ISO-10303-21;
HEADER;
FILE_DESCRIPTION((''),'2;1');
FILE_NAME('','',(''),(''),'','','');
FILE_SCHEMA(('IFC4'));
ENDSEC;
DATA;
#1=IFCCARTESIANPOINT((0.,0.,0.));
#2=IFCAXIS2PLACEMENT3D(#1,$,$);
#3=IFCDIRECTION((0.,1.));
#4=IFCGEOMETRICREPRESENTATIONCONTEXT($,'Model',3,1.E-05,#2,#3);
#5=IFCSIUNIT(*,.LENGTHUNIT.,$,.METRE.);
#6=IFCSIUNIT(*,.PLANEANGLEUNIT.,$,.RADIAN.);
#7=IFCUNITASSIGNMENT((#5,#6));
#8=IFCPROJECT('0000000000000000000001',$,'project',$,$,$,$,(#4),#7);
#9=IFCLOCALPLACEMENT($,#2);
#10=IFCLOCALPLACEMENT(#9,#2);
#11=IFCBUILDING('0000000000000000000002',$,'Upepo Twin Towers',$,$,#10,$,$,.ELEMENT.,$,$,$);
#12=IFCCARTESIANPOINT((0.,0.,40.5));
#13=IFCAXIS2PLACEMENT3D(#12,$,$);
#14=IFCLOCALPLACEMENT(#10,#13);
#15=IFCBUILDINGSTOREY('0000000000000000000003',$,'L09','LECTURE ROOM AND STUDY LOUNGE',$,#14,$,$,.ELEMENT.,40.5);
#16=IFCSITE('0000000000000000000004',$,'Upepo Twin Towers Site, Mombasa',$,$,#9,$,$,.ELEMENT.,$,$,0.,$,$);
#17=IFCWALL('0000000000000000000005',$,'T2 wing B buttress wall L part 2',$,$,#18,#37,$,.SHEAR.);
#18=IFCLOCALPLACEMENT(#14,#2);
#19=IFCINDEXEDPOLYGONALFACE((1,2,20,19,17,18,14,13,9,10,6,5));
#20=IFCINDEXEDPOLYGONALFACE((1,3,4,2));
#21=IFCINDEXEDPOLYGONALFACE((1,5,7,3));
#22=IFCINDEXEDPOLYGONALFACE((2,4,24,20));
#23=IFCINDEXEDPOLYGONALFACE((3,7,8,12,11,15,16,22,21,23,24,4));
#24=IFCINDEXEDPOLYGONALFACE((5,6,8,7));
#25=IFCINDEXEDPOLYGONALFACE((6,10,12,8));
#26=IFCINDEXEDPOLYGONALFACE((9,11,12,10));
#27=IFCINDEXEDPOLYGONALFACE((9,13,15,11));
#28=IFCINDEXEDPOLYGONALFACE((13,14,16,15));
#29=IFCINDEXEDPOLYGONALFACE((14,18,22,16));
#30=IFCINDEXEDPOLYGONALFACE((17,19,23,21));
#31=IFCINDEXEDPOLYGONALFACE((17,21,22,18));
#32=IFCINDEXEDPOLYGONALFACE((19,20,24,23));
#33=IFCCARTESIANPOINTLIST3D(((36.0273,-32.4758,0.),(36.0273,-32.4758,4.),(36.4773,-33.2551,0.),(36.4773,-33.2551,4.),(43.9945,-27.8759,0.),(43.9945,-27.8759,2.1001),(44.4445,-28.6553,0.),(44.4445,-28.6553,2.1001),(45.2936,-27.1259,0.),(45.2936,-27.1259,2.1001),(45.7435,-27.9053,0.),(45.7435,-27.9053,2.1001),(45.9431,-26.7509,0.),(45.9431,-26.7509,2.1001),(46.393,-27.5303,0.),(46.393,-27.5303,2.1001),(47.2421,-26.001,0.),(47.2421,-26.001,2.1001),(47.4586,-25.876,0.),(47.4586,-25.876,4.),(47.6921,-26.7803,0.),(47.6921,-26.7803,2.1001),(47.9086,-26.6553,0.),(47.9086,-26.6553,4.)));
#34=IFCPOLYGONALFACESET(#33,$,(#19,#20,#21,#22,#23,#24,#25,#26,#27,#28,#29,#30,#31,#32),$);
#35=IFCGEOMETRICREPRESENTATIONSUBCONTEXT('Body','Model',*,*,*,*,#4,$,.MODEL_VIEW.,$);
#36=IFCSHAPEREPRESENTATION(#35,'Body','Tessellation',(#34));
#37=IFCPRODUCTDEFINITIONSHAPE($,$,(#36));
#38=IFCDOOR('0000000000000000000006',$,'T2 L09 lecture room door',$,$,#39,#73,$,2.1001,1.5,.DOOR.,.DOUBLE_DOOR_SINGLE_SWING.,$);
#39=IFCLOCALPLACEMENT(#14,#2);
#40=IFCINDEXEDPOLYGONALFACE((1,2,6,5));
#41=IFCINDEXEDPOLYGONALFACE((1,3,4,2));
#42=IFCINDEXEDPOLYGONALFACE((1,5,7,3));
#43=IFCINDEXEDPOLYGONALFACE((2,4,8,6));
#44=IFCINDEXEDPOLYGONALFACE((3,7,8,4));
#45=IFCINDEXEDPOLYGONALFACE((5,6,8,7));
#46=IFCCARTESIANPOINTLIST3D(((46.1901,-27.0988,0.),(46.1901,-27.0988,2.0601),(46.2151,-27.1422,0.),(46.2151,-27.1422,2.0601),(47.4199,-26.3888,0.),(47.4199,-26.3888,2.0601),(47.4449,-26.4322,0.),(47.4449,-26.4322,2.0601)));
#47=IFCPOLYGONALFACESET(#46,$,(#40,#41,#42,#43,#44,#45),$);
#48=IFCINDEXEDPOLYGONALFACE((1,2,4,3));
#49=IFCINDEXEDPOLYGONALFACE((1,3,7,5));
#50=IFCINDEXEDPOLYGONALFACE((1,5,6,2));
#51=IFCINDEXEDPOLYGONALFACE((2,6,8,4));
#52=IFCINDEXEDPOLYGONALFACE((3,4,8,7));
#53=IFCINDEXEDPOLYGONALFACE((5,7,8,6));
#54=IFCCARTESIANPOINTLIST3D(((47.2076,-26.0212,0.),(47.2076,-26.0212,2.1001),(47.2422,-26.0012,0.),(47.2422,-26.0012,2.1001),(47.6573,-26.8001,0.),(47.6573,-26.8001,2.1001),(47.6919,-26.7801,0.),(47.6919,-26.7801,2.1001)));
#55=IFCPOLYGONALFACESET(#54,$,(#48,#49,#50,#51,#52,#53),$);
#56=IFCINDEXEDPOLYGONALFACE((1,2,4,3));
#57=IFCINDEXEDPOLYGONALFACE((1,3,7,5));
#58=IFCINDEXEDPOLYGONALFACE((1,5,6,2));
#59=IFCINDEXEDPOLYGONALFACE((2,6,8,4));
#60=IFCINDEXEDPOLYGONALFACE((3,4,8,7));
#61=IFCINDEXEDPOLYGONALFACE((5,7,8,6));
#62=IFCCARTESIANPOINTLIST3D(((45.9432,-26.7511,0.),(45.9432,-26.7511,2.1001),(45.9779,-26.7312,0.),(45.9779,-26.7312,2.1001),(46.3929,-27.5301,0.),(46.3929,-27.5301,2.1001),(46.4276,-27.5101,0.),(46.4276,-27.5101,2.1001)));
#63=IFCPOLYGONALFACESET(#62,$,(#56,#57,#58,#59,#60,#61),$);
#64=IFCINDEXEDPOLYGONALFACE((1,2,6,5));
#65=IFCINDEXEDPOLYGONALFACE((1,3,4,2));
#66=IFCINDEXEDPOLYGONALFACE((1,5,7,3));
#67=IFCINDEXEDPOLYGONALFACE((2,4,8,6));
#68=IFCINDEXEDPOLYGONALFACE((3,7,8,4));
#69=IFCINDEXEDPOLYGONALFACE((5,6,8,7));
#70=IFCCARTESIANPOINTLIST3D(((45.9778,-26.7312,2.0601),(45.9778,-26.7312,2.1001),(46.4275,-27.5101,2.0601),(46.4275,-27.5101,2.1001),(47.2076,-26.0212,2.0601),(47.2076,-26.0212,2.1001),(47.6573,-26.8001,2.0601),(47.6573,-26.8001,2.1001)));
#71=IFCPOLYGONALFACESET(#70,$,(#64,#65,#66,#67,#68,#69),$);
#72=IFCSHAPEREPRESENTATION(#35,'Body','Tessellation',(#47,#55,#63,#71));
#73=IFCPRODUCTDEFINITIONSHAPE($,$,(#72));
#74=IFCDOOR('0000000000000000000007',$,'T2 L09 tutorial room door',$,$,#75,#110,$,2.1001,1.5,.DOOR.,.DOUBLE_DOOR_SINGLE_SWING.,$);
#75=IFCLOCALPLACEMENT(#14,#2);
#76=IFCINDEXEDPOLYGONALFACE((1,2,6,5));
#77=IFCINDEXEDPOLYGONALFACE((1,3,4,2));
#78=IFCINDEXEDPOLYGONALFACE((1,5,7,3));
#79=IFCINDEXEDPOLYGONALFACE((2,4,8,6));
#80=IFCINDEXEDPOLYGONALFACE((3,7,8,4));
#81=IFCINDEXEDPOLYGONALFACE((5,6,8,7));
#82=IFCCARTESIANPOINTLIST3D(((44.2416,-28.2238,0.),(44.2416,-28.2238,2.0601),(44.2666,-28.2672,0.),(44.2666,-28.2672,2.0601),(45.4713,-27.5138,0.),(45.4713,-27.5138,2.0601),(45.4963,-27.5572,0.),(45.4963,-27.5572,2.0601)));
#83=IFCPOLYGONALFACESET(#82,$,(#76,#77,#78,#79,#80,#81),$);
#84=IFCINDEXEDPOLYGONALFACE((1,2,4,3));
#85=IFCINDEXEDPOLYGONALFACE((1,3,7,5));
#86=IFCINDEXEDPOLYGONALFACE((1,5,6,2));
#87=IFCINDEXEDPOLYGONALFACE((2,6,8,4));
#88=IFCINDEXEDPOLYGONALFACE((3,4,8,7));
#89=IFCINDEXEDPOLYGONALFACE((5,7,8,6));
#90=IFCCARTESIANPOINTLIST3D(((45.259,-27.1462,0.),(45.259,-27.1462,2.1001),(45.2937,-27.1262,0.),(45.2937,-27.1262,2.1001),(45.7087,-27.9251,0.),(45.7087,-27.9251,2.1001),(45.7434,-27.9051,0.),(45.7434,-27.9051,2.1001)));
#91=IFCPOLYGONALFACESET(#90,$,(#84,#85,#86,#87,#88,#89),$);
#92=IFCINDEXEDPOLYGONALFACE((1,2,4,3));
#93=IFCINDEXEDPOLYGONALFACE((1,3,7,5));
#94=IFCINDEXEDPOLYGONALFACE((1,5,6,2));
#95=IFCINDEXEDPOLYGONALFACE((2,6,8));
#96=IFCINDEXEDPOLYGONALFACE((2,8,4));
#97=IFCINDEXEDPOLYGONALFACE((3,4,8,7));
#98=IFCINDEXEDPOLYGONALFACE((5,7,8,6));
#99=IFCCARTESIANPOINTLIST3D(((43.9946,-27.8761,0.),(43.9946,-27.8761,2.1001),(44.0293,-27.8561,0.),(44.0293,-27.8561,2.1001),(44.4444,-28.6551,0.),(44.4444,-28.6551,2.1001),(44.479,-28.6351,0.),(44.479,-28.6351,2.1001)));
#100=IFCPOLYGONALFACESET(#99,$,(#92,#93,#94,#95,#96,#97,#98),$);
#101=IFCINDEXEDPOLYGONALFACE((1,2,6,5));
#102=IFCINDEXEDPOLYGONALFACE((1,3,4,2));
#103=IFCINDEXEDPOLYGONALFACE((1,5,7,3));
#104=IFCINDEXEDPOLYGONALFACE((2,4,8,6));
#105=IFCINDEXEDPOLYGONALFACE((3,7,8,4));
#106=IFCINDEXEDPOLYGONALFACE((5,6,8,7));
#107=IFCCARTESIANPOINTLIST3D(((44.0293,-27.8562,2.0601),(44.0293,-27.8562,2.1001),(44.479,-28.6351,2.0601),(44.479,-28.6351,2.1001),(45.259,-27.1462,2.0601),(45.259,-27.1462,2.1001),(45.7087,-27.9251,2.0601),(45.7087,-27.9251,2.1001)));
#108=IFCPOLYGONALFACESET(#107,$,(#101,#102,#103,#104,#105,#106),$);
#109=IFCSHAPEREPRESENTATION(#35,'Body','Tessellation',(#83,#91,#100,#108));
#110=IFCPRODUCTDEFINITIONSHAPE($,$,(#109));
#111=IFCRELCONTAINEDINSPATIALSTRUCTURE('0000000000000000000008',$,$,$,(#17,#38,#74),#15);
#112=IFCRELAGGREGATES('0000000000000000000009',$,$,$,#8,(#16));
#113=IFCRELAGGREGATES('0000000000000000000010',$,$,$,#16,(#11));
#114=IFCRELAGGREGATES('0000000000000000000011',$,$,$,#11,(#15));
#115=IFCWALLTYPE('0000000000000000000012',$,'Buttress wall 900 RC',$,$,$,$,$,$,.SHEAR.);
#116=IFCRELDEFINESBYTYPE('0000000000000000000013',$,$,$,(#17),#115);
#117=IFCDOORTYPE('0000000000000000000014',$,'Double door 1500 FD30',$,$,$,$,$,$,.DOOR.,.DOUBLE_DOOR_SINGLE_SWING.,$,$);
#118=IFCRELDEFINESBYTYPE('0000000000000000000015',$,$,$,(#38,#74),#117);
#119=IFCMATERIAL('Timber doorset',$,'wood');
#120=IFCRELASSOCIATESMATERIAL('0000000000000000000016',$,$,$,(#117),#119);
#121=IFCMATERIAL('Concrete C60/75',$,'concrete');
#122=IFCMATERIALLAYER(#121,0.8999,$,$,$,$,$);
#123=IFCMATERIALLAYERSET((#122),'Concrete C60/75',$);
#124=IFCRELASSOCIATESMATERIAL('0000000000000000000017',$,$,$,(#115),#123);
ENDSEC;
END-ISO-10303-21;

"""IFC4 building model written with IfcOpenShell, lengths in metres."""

from ifc_helpers import new_model, si_unit, direction, frame, frame_2d, origin, place, context, subcontext, project, spatial, rectangle, extrude, material, layer, layer_set, type_object, element, fill, save


model = new_model("IFC4")

# Units and contexts
model_context = context("Model", 3, precision=1e-05, world=origin(), true_north=direction((0.0, 1.0)))
body_context = subcontext(model_context, "Body", "Model", "MODEL_VIEW")
ifc_project = project(units=[si_unit("LENGTHUNIT", "METRE"), si_unit("PLANEANGLEUNIT", "RADIAN")], contexts=[model_context])

# Site, building, storey
site_placement = place(None, origin())
site = spatial("IfcSite", under=ifc_project, at=site_placement, Name="Upepo Twin Towers Site, Mombasa", CompositionType="ELEMENT", RefElevation=0.0)
building_placement = place(site_placement, origin())
building = spatial("IfcBuilding", under=site, at=building_placement, Name="Upepo Twin Towers", CompositionType="ELEMENT")
storey_placement = place(building_placement, frame((0.0, 0.0, 40.5)))
storey = spatial("IfcBuildingStorey", under=building, at=storey_placement, Name="L09", Description="LECTURE ROOM AND STUDY LOUNGE", CompositionType="ELEMENT", Elevation=40.5)

# Shared definitions
ifc_material_1 = material(Name="Timber doorset", Category="wood")
door_type_1 = type_object("IfcDoorType", Name="Double door 1500 FD30", OperationType="DOUBLE_DOOR_SINGLE_SWING", PredefinedType="DOOR", material=ifc_material_1)

# Wall, openings, doors
ifc_material_2 = material(Name="Concrete C60/75", Category="concrete")
ifc_layer_1 = layer(ifc_material_2, 0.8999)
ifc_layer_set_1 = layer_set([ifc_layer_1], Name="Concrete C60/75")
wall_type_1 = type_object("IfcWallType", Name="Buttress wall 900 RC", PredefinedType="SHEAR", material=ifc_layer_set_1)
wall_1_placement = place(storey_placement, frame((47.6836, -26.2656, 0.0), z_axis=(0.0, 0.0, 1.0), x_axis=(-0.866028, -0.499996, 0.0)))
wall_1 = element("IfcWall", 1, at=wall_1_placement, inside=storey, type_object=wall_type_1, Name="T2 wing B buttress wall L part 2", PredefinedType="SHEAR", context=body_context, shape_type="SweptSolid", body=[
    extrude(rectangle(XDim=13.1997, YDim=0.8999, at=frame_2d((6.5999, 0.0))), origin(), (0.0, 0.0, 1.0), 4.0),
])
opening_1_placement = place(wall_1_placement, frame((0.25, 0.0, 0.0)))
opening_1 = element("IfcOpeningElement", 2, at=opening_1_placement, cuts=wall_1, PredefinedType="OPENING", context=body_context, shape_type="SweptSolid", body=[
    extrude(rectangle(XDim=1.5, YDim=2.1001, at=frame_2d((0.75, 1.05))), frame((0.0, 0.46, 0.0), z_axis=(0.0, -1.0, 0.0), x_axis=(1.0, 0.0, 0.0)), (0.0, 0.0, 1.0), 0.9199),
])
opening_2_placement = place(wall_1_placement, frame((2.5, 0.0, 0.0)))
opening_2 = element("IfcOpeningElement", 3, at=opening_2_placement, cuts=wall_1, PredefinedType="OPENING", context=body_context, shape_type="SweptSolid", body=[
    extrude(rectangle(XDim=1.5, YDim=2.1001, at=frame_2d((0.75, 1.05))), frame((0.0, 0.46, 0.0), z_axis=(0.0, -1.0, 0.0), x_axis=(1.0, 0.0, 0.0)), (0.0, 0.0, 1.0), 0.9199),
])
door_1_placement = place(opening_1_placement, origin())
door_1 = element("IfcDoor", 4, at=door_1_placement, inside=storey, type_object=door_type_1, Name="T2 L09 lecture room door", OperationType="DOUBLE_DOOR_SINGLE_SWING", OverallHeight=2.1001, OverallWidth=1.5, PredefinedType="DOOR", context=body_context, shape_type="SweptSolid", body=[
    extrude(rectangle(XDim=1.42, YDim=2.0601, at=frame_2d((0.75, 1.03))), frame((0.0, 0.0249, 0.0), z_axis=(0.0, -1.0, 0.0), x_axis=(1.0, 0.0, 0.0)), (0.0, 0.0, 1.0), 0.05),
    extrude(rectangle(XDim=0.04, YDim=2.1001, at=frame_2d((0.02, 1.05))), frame((0.0, 0.4497, 0.0), z_axis=(0.0, -1.0, 0.0), x_axis=(1.0, 0.0, 0.0)), (0.0, 0.0, 1.0), 0.8994),
    extrude(rectangle(XDim=0.04, YDim=2.1001, at=frame_2d((1.48, 1.05))), frame((0.0, 0.4497, 0.0), z_axis=(0.0, -1.0, 0.0), x_axis=(1.0, 0.0, 0.0)), (0.0, 0.0, 1.0), 0.8994),
    extrude(rectangle(XDim=1.42, YDim=0.04, at=frame_2d((0.75, 2.0801))), frame((0.0, 0.4497, 0.0), z_axis=(0.0, -1.0, 0.0), x_axis=(1.0, 0.0, 0.0)), (0.0, 0.0, 1.0), 0.8994),
])
fill(opening_1, door_1)
door_2_placement = place(opening_2_placement, origin())
door_2 = element("IfcDoor", 5, at=door_2_placement, inside=storey, type_object=door_type_1, Name="T2 L09 tutorial room door", OperationType="DOUBLE_DOOR_SINGLE_SWING", OverallHeight=2.1001, OverallWidth=1.5, PredefinedType="DOOR", context=body_context, shape_type="SweptSolid", body=[
    extrude(rectangle(XDim=1.42, YDim=2.0601, at=frame_2d((0.75, 1.03))), frame((0.0, 0.0249, 0.0), z_axis=(0.0, -1.0, 0.0), x_axis=(1.0, 0.0, 0.0)), (0.0, 0.0, 1.0), 0.05),
    extrude(rectangle(XDim=0.04, YDim=2.1001, at=frame_2d((0.02, 1.05))), frame((0.0, 0.4497, 0.0), z_axis=(0.0, -1.0, 0.0), x_axis=(1.0, 0.0, 0.0)), (0.0, 0.0, 1.0), 0.8994),
    extrude(rectangle(XDim=0.04, YDim=2.1001, at=frame_2d((1.48, 1.05))), frame((0.0, 0.4497, 0.0), z_axis=(0.0, -1.0, 0.0), x_axis=(1.0, 0.0, 0.0)), (0.0, 0.0, 1.0), 0.8994),
    extrude(rectangle(XDim=1.42, YDim=0.04, at=frame_2d((0.75, 2.0801))), frame((0.0, 0.4497, 0.0), z_axis=(0.0, -1.0, 0.0), x_axis=(1.0, 0.0, 0.0)), (0.0, 0.0, 1.0), 0.8994),
])
fill(opening_2, door_2)

save(model, "model.ifc")
